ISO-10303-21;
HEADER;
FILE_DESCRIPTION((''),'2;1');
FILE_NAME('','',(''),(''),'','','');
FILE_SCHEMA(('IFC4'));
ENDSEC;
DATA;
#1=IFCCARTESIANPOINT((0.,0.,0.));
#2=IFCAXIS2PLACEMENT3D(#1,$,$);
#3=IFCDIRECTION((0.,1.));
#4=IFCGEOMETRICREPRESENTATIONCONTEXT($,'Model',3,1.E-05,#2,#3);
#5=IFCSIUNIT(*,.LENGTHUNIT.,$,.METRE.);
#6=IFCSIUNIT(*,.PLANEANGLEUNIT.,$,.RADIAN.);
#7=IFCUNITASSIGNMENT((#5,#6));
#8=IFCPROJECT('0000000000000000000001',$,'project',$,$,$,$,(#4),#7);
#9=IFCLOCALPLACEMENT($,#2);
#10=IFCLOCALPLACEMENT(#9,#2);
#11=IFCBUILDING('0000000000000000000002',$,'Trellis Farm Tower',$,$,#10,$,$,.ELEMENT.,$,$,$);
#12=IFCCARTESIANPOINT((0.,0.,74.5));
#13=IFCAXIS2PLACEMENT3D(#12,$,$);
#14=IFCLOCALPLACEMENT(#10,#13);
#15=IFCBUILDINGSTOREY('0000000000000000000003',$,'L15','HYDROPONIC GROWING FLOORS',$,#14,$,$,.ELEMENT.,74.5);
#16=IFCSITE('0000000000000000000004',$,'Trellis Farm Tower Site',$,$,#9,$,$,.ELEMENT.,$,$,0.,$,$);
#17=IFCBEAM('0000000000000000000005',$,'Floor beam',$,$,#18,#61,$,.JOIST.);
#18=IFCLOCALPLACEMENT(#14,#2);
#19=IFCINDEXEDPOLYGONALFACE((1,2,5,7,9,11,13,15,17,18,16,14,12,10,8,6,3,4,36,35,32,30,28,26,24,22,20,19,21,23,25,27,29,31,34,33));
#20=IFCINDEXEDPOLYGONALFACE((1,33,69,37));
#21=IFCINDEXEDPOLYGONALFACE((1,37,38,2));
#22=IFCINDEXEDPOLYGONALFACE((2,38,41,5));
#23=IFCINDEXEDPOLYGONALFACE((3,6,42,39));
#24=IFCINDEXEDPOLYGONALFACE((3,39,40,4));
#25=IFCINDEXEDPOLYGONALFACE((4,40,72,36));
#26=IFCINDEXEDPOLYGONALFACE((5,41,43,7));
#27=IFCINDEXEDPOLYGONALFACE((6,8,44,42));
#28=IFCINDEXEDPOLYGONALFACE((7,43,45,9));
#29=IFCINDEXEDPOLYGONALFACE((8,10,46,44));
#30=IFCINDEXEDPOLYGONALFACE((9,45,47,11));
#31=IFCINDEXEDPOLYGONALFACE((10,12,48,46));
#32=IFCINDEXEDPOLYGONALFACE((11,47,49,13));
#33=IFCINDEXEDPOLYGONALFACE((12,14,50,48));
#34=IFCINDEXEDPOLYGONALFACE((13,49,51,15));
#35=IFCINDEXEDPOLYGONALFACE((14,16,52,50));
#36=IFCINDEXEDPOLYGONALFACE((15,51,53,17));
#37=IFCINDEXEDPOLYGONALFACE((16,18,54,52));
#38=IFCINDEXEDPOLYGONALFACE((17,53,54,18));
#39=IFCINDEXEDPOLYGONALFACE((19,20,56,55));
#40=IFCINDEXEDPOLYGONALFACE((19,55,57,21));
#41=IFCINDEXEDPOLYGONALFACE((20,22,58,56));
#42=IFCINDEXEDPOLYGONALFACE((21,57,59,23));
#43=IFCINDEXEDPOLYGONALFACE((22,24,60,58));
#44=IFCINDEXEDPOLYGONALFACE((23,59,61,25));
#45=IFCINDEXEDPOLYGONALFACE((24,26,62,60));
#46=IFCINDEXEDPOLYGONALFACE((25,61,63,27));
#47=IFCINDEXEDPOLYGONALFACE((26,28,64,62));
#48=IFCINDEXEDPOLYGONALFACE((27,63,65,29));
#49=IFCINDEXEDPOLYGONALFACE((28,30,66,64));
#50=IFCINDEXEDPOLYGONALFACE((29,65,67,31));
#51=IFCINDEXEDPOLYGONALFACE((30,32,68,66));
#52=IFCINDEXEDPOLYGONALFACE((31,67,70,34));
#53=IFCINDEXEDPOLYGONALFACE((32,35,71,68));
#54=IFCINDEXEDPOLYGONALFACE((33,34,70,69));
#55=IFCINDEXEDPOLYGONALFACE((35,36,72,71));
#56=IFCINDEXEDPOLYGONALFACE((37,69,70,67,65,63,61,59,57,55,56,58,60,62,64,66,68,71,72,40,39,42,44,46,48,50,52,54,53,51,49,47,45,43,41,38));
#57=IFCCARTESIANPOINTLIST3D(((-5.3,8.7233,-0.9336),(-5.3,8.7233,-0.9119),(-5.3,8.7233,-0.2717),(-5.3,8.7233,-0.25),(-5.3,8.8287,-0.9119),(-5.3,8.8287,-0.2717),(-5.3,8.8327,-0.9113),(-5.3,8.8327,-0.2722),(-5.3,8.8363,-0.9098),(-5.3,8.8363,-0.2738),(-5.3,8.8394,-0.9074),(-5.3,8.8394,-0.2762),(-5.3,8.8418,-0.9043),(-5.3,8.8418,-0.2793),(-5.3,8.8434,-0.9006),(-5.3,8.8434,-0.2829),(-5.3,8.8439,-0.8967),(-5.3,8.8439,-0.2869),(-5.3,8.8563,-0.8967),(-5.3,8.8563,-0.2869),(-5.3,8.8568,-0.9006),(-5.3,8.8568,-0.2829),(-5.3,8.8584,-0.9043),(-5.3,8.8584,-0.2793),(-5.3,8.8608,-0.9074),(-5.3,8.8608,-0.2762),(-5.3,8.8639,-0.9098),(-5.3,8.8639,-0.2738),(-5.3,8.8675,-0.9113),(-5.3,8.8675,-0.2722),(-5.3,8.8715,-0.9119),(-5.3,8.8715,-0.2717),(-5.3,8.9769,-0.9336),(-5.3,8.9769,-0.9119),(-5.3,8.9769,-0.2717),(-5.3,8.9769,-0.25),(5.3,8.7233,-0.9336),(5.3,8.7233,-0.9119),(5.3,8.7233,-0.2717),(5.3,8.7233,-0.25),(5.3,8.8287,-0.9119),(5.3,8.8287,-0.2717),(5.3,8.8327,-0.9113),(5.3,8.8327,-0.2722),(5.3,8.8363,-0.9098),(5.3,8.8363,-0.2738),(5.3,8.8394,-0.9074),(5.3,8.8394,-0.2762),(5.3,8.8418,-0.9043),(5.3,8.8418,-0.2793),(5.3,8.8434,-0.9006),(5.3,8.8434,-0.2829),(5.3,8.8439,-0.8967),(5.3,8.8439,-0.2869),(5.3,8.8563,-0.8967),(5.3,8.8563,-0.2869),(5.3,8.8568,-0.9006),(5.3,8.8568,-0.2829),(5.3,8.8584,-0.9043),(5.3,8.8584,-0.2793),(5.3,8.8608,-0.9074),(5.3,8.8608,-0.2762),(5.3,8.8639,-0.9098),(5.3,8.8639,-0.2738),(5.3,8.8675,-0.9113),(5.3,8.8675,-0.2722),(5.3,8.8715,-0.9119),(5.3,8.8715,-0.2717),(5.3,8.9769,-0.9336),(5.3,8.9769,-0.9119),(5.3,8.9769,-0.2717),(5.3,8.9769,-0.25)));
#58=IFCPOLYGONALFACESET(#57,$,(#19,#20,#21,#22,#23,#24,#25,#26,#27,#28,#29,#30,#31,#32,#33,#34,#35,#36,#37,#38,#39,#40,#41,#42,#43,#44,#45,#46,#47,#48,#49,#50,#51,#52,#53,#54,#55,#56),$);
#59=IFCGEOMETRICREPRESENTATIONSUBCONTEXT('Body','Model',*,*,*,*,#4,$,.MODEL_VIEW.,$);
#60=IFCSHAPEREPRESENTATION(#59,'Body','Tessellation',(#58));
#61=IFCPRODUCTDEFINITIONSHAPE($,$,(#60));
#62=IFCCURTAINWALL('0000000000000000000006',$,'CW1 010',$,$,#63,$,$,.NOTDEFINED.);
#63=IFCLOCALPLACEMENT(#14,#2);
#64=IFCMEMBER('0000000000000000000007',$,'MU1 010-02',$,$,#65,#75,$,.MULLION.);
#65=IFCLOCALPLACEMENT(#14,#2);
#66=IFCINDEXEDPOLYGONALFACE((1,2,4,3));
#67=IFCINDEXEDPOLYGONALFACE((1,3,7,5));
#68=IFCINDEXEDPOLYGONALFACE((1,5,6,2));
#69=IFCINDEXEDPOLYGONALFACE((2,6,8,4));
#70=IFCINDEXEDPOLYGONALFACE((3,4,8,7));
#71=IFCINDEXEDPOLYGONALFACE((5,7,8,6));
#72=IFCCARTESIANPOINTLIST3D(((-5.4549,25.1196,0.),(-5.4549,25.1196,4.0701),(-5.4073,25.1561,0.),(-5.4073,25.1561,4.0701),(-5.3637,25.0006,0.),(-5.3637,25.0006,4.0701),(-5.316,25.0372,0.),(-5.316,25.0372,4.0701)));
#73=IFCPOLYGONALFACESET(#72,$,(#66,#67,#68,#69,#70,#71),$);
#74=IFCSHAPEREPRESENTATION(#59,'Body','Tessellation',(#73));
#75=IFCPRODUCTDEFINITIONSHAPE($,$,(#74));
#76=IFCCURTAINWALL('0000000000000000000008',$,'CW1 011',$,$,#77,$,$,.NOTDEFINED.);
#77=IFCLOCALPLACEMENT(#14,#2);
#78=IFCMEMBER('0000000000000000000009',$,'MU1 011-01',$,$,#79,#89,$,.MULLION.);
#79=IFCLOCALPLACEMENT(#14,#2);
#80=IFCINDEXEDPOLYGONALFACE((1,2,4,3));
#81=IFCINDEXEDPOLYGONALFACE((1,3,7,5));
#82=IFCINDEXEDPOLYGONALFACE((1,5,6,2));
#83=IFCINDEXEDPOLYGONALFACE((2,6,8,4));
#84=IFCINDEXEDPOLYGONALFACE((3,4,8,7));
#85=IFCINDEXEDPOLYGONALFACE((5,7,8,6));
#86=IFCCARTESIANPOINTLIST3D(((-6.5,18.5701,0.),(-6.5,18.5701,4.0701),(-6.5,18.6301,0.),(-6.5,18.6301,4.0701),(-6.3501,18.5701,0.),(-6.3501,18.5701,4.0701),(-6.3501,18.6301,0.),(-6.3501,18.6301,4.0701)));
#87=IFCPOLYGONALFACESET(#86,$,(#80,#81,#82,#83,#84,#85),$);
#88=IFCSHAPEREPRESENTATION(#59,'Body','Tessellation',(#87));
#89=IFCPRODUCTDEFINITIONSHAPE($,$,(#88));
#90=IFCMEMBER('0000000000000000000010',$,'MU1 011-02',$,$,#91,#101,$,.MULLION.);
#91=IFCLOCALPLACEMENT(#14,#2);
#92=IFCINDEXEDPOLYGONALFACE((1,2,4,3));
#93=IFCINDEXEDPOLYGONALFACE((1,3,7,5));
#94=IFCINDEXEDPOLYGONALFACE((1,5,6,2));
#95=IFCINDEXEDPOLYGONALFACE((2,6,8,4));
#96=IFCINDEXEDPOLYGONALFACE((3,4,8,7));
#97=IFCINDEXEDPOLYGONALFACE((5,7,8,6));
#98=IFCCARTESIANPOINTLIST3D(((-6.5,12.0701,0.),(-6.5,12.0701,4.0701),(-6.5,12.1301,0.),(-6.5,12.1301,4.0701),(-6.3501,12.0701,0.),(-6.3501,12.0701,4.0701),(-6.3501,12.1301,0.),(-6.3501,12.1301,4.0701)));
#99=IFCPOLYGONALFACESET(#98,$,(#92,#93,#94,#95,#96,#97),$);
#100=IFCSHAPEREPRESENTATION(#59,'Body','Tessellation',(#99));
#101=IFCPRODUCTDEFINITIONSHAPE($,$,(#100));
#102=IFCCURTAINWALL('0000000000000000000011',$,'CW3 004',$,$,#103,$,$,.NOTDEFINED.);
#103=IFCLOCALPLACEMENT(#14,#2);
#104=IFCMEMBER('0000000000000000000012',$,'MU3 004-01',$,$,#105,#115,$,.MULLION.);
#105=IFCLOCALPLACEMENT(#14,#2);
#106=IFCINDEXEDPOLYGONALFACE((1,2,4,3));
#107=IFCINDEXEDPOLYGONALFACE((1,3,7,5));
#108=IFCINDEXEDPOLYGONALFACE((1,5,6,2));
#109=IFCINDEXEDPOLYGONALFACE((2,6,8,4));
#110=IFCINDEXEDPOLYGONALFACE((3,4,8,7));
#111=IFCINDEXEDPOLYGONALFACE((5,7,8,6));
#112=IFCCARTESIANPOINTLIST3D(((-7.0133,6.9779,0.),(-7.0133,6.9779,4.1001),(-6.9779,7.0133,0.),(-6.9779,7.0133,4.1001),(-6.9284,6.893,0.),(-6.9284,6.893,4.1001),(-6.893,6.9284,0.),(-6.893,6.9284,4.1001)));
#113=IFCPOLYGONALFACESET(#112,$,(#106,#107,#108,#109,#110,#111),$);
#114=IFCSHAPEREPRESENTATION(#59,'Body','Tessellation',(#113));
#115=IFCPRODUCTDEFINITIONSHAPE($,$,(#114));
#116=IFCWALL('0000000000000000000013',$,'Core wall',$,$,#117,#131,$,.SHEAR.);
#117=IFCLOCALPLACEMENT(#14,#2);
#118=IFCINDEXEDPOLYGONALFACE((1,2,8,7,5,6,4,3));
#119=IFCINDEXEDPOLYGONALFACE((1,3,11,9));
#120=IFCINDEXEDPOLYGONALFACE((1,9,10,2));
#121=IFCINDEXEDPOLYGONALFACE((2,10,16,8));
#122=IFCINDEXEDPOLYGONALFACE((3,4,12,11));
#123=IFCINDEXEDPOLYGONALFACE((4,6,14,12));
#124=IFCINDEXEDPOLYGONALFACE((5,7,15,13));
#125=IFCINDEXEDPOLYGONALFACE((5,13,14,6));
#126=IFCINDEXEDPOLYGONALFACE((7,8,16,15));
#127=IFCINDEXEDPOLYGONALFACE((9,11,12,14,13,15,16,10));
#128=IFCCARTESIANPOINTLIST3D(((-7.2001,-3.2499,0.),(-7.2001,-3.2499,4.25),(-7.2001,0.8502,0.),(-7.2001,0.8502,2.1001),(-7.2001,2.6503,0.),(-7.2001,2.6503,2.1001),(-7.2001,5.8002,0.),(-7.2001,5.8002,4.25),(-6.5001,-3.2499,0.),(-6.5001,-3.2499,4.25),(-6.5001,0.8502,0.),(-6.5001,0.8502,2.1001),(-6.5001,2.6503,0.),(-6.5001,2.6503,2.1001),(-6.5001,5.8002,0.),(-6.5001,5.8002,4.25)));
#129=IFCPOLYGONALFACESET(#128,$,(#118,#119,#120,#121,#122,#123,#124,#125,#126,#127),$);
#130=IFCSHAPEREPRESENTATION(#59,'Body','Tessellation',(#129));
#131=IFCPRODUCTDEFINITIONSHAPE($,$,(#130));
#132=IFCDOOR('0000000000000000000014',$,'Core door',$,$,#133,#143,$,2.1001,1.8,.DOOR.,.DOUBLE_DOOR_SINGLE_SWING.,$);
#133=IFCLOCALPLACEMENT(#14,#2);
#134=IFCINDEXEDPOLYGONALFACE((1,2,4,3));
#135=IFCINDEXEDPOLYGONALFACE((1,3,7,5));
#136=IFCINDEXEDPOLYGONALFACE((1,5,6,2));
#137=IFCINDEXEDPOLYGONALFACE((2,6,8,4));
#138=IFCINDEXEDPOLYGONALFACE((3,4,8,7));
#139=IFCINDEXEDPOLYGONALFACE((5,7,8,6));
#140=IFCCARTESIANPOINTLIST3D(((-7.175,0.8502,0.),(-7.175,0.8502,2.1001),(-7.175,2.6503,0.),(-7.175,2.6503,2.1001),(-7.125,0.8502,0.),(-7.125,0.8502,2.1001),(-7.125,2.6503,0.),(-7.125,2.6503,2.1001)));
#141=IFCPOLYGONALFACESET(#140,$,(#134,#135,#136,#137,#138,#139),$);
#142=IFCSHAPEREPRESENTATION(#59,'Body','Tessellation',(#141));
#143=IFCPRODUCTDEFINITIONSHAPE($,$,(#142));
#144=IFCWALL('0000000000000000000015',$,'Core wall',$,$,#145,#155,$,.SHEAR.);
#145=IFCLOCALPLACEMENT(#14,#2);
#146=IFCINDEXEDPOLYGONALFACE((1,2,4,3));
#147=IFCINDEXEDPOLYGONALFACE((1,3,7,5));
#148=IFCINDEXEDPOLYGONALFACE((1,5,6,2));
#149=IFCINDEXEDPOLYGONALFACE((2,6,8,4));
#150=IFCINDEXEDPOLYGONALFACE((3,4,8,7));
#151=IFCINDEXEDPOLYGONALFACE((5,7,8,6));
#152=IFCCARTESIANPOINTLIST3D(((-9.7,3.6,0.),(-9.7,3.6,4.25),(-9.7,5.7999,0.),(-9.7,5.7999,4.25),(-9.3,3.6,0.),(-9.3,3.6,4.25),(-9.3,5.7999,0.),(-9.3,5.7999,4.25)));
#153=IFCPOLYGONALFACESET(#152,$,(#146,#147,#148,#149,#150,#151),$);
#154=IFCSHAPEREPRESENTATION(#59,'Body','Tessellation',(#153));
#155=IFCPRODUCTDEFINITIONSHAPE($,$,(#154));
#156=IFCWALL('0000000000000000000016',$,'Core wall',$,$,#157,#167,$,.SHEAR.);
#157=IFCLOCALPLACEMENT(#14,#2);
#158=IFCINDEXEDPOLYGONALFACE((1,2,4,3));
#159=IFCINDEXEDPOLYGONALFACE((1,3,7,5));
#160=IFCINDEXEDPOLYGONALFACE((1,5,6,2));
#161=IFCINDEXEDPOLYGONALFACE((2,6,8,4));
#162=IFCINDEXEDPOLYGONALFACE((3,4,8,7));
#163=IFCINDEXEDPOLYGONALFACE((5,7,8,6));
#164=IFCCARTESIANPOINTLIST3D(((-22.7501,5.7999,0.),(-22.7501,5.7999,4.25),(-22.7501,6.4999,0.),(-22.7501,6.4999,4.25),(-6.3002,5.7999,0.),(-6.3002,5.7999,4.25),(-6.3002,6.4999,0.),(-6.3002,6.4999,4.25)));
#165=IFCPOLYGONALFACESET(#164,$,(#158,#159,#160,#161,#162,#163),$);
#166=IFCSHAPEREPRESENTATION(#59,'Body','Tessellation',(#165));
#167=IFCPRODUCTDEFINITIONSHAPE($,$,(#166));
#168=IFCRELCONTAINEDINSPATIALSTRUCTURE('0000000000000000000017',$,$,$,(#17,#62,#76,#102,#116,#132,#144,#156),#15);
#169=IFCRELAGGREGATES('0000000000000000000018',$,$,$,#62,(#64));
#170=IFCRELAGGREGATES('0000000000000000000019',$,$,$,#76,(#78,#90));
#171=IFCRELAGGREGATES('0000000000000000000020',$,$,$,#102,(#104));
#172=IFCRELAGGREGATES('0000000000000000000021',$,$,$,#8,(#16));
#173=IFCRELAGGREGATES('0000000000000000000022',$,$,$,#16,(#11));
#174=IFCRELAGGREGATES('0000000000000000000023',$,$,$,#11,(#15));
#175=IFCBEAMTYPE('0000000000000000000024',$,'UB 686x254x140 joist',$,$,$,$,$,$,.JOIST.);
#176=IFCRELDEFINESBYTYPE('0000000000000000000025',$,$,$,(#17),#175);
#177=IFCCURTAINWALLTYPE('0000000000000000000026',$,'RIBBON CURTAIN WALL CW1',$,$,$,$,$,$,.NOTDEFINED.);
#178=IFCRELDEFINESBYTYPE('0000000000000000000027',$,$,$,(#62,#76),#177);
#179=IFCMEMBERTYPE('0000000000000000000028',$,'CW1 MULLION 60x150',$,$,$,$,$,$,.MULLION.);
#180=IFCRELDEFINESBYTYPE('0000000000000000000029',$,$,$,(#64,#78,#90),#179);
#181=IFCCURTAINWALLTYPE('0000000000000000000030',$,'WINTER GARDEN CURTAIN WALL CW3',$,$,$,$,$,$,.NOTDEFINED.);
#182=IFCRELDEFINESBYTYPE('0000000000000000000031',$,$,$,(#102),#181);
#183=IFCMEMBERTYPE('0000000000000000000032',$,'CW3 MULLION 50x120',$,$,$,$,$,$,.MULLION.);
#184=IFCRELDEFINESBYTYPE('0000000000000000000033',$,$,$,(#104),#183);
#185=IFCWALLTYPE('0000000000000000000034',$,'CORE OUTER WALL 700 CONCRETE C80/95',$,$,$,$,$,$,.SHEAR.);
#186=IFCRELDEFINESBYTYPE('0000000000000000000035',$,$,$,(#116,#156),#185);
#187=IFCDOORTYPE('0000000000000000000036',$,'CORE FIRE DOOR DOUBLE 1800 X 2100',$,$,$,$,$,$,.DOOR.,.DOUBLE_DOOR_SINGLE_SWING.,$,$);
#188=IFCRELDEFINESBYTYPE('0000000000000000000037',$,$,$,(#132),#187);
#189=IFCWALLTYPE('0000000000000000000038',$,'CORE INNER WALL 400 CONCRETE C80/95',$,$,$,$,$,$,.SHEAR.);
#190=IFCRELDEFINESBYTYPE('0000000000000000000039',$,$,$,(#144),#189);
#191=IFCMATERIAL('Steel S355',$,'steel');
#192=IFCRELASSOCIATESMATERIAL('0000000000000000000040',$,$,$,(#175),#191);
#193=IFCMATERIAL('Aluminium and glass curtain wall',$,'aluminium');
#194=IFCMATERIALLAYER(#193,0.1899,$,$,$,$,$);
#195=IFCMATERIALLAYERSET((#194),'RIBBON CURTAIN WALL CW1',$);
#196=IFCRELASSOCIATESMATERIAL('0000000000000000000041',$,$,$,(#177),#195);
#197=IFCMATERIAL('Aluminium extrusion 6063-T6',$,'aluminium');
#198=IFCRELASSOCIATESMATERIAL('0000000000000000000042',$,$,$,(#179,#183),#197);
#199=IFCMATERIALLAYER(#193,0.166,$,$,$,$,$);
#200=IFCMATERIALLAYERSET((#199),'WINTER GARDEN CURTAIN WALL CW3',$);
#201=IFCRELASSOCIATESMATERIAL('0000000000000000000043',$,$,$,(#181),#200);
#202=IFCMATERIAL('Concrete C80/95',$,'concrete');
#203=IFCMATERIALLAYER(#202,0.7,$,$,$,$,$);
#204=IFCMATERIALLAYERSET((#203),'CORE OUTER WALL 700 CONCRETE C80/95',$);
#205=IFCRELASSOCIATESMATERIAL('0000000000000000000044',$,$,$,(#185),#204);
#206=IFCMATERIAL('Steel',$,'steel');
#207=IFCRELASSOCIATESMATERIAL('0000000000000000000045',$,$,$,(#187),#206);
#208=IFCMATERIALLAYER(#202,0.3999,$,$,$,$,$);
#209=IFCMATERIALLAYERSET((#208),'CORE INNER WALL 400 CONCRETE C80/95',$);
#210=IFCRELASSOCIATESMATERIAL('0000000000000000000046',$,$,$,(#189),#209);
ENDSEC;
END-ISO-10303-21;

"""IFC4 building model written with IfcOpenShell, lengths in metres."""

from ifc_helpers import new_model, si_unit, direction, frame, frame_2d, origin, origin_2d, place, context, subcontext, project, spatial, rectangle, i_section, extrude, source, transform, mapped, material, layer, layer_set, material_profile, profile_set, type_object, element, fill, aggregate, save


model = new_model("IFC4")

# Units and contexts
model_context = context("Model", 3, precision=1e-05, world=origin(), true_north=direction((0.0, 1.0)))
body_context = subcontext(model_context, "Body", "Model", "MODEL_VIEW")
ifc_project = project(units=[si_unit("LENGTHUNIT", "METRE"), si_unit("PLANEANGLEUNIT", "RADIAN")], contexts=[model_context])

# Site, building, storey
site_placement = place(None, origin())
site = spatial("IfcSite", under=ifc_project, at=site_placement, Name="Trellis Farm Tower Site", CompositionType="ELEMENT", RefElevation=0.0)
building_placement = place(site_placement, origin())
building = spatial("IfcBuilding", under=site, at=building_placement, Name="Trellis Farm Tower", CompositionType="ELEMENT")
storey_placement = place(building_placement, frame((0.0, 0.0, 74.5)))
storey = spatial("IfcBuildingStorey", under=building, at=storey_placement, Name="L15", Description="HYDROPONIC GROWING FLOORS", CompositionType="ELEMENT", Elevation=74.5)

# Shared definitions
ifc_material_1 = material(Name="Concrete C80/95", Category="concrete")

# Beam
ifc_material_2 = material(Name="Steel S355", Category="steel")
ifc_material_profile_1 = material_profile(ifc_material_2, i_section(OverallWidth=0.2537, OverallDepth=0.6836, WebThickness=0.0125, FlangeThickness=0.0217, FilletRadius=0.0151, at=origin_2d()), Name="UB 686x254x140")
ifc_profile_set_1 = profile_set([ifc_material_profile_1], Name="Steel S355")
beam_type_1 = type_object("IfcBeamType", Name="UB 686x254x140 joist", PredefinedType="JOIST", material=ifc_profile_set_1)
shared_shape_1 = source(origin(), body_context, "Body", "SweptSolid", [
    extrude(i_section(OverallWidth=0.2537, OverallDepth=0.6836, WebThickness=0.0125, FlangeThickness=0.0217, FilletRadius=0.0151, at=origin_2d()), origin(), (0.0, 0.0, 1.0), 10.6001),
])
beam_1_placement = place(storey_placement, frame((-5.3, 8.8501, -0.5918), z_axis=(1.0, 0.0, 0.0), x_axis=(0.0, 1.0, 0.0)))
element("IfcBeam", 1, at=beam_1_placement, inside=storey, type_object=beam_type_1, Name="Floor beam", PredefinedType="JOIST", context=body_context, shape_type="MappedRepresentation", body=[
    mapped(shared_shape_1, transform((0.0, 0.0, 0.0))),
])

# Curtain wall, member
ifc_material_3 = material(Name="Aluminium and glass curtain wall", Category="aluminium")
ifc_layer_1 = layer(ifc_material_3, 0.1899)
ifc_layer_set_1 = layer_set([ifc_layer_1], Name="RIBBON CURTAIN WALL CW1")
curtain_wall_type_1 = type_object("IfcCurtainWallType", Name="RIBBON CURTAIN WALL CW1", PredefinedType="NOTDEFINED", material=ifc_layer_set_1)
placement = place(storey_placement, origin())
curtain_wall_1 = element("IfcCurtainWall", 2, at=placement, inside=storey, type_object=curtain_wall_type_1, Name="CW1 010", PredefinedType="NOTDEFINED")
ifc_material_4 = material(Name="Aluminium extrusion 6063-T6", Category="aluminium")
ifc_material_profile_2 = material_profile(ifc_material_4, rectangle(XDim=0.0601, YDim=0.1499, at=origin_2d()), Name="MULLION 60x150")
ifc_profile_set_2 = profile_set([ifc_material_profile_2], Name="Aluminium extrusion 6063-T6")
member_type_1 = type_object("IfcMemberType", Name="CW1 MULLION 60x150", PredefinedType="MULLION", material=ifc_profile_set_2)
shared_shape_2 = source(origin(), body_context, "Body", "SweptSolid", [
    extrude(rectangle(XDim=0.0601, YDim=0.1499, at=origin_2d()), origin(), (0.0, 0.0, 1.0), 4.0701),
])
member_1_placement = place(storey_placement, frame((-5.3855, 25.0784, 0.0), z_axis=(0.0, 0.0, 1.0), x_axis=(-0.793353, -0.608761, 0.0)))
member_1 = element("IfcMember", 3, at=member_1_placement, type_object=member_type_1, Name="MU1 010-02", PredefinedType="MULLION", context=body_context, shape_type="MappedRepresentation", body=[
    mapped(shared_shape_2, transform((0.0, 0.0, 0.0))),
])
aggregate(curtain_wall_1, [member_1])

# Curtain wall, members
curtain_wall_2 = element("IfcCurtainWall", 4, at=placement, inside=storey, type_object=curtain_wall_type_1, Name="CW1 011", PredefinedType="NOTDEFINED")
member_2_placement = place(storey_placement, frame((-6.425, 18.6001, 0.0), z_axis=(0.0, 0.0, 1.0), x_axis=(0.0, -1.0, 0.0)))
member_2 = element("IfcMember", 5, at=member_2_placement, type_object=member_type_1, Name="MU1 011-01", PredefinedType="MULLION", context=body_context, shape_type="MappedRepresentation", body=[
    mapped(shared_shape_2, transform((0.0, 0.0, 0.0))),
])
member_3_placement = place(storey_placement, frame((-6.425, 12.1001, 0.0), z_axis=(0.0, 0.0, 1.0), x_axis=(0.0, -1.0, 0.0)))
member_3 = element("IfcMember", 6, at=member_3_placement, type_object=member_type_1, Name="MU1 011-02", PredefinedType="MULLION", context=body_context, shape_type="MappedRepresentation", body=[
    mapped(shared_shape_2, transform((0.0, 0.0, 0.0))),
])
aggregate(curtain_wall_2, [member_2, member_3])

# Curtain wall, member
ifc_layer_2 = layer(ifc_material_3, 0.166)
ifc_layer_set_2 = layer_set([ifc_layer_2], Name="WINTER GARDEN CURTAIN WALL CW3")
curtain_wall_type_2 = type_object("IfcCurtainWallType", Name="WINTER GARDEN CURTAIN WALL CW3", PredefinedType="NOTDEFINED", material=ifc_layer_set_2)
curtain_wall_3 = element("IfcCurtainWall", 7, at=placement, inside=storey, type_object=curtain_wall_type_2, Name="CW3 004", PredefinedType="NOTDEFINED")
ifc_material_profile_3 = material_profile(ifc_material_4, rectangle(XDim=0.05, YDim=0.1201, at=origin_2d()), Name="MULLION 50x120")
ifc_profile_set_3 = profile_set([ifc_material_profile_3], Name="Aluminium extrusion 6063-T6")
member_type_2 = type_object("IfcMemberType", Name="CW3 MULLION 50x120", PredefinedType="MULLION", material=ifc_profile_set_3)
shared_shape_3 = source(origin(), body_context, "Body", "SweptSolid", [
    extrude(rectangle(XDim=0.05, YDim=0.1201, at=origin_2d()), origin(), (0.0, 0.0, 1.0), 4.1001),
])
member_4_placement = place(storey_placement, frame((-6.9531, 6.9531, 0.0), z_axis=(0.0, 0.0, 1.0), x_axis=(-0.707107, -0.707107, 0.0)))
member_4 = element("IfcMember", 8, at=member_4_placement, type_object=member_type_2, Name="MU3 004-01", PredefinedType="MULLION", context=body_context, shape_type="MappedRepresentation", body=[
    mapped(shared_shape_3, transform((0.0, 0.0, 0.0))),
])
aggregate(curtain_wall_3, [member_4])

# Wall, opening, door
ifc_layer_3 = layer(ifc_material_1, 0.7)
ifc_layer_set_3 = layer_set([ifc_layer_3], Name="CORE OUTER WALL 700 CONCRETE C80/95")
wall_type_1 = type_object("IfcWallType", Name="CORE OUTER WALL 700 CONCRETE C80/95", PredefinedType="SHEAR", material=ifc_layer_set_3)
shared_shape_4 = source(origin(), body_context, "Body", "SweptSolid", [
    extrude(rectangle(XDim=9.05, YDim=0.7, at=frame_2d((4.5249, 0.0))), origin(), (0.0, 0.0, 1.0), 4.25),
])
wall_1_placement = place(storey_placement, frame((-6.8501, 5.8, 0.0), z_axis=(0.0, 0.0, 1.0), x_axis=(0.0, -1.0, 0.0)))
wall_1 = element("IfcWall", 9, at=wall_1_placement, inside=storey, type_object=wall_type_1, Name="Core wall", PredefinedType="SHEAR", context=body_context, shape_type="MappedRepresentation", body=[
    mapped(shared_shape_4, transform((0.0, 0.0, 0.0))),
])
shared_shape_5 = source(origin(), body_context, "Body", "SweptSolid", [
    extrude(rectangle(XDim=1.8, YDim=2.1001, at=frame_2d((0.8999, 1.05))), frame((0.0, 0.3601, 0.0), z_axis=(0.0, -1.0, 0.0), x_axis=(1.0, 0.0, 0.0)), (0.0, 0.0, 1.0), 0.7202),
])
opening_1_placement = place(wall_1_placement, frame((3.1499, 0.0, 0.0)))
opening_1 = element("IfcOpeningElement", 10, at=opening_1_placement, cuts=wall_1, PredefinedType="OPENING", context=body_context, shape_type="MappedRepresentation", body=[
    mapped(shared_shape_5, transform((0.0, 0.0, 0.0))),
])
ifc_material_5 = material(Name="Steel", Category="steel")
door_type_1 = type_object("IfcDoorType", Name="CORE FIRE DOOR DOUBLE 1800 X 2100", OperationType="DOUBLE_DOOR_SINGLE_SWING", PredefinedType="DOOR", material=ifc_material_5)
shared_shape_6 = source(origin(), body_context, "Body", "SweptSolid", [
    extrude(rectangle(XDim=1.8, YDim=2.1001, at=frame_2d((0.8999, 1.05))), frame((0.0, -0.2749, 0.0), z_axis=(0.0, -1.0, 0.0), x_axis=(1.0, 0.0, 0.0)), (0.0, 0.0, 1.0), 0.05),
])
door_1_placement = place(opening_1_placement, origin())
door_1 = element("IfcDoor", 11, at=door_1_placement, inside=storey, type_object=door_type_1, Name="Core door", OperationType="DOUBLE_DOOR_SINGLE_SWING", OverallHeight=2.1001, OverallWidth=1.8, PredefinedType="DOOR", context=body_context, shape_type="MappedRepresentation", body=[
    mapped(shared_shape_6, transform((0.0, 0.0, 0.0))),
])
fill(opening_1, door_1)

# Walls
ifc_layer_4 = layer(ifc_material_1, 0.3999)
ifc_layer_set_4 = layer_set([ifc_layer_4], Name="CORE INNER WALL 400 CONCRETE C80/95")
wall_type_2 = type_object("IfcWallType", Name="CORE INNER WALL 400 CONCRETE C80/95", PredefinedType="SHEAR", material=ifc_layer_set_4)
shared_shape_7 = source(origin(), body_context, "Body", "SweptSolid", [
    extrude(rectangle(XDim=2.2, YDim=0.3999, at=frame_2d((1.1001, 0.0))), origin(), (0.0, 0.0, 1.0), 4.25),
])
wall_2_placement = place(storey_placement, frame((-9.5, 5.8, 0.0), z_axis=(0.0, 0.0, 1.0), x_axis=(0.0, -1.0, 0.0)))
element("IfcWall", 12, at=wall_2_placement, inside=storey, type_object=wall_type_2, Name="Core wall", PredefinedType="SHEAR", context=body_context, shape_type="MappedRepresentation", body=[
    mapped(shared_shape_7, transform((0.0, 0.0, 0.0))),
])
shared_shape_8 = source(origin(), body_context, "Body", "SweptSolid", [
    extrude(rectangle(XDim=16.45, YDim=0.7, at=frame_2d((8.2251, 0.0))), origin(), (0.0, 0.0, 1.0), 4.25),
])
wall_3_placement = place(storey_placement, frame((-6.3, 6.1499, 0.0), z_axis=(0.0, 0.0, 1.0), x_axis=(-1.0, 0.0, 0.0)))
element("IfcWall", 13, at=wall_3_placement, inside=storey, type_object=wall_type_1, Name="Core wall", PredefinedType="SHEAR", context=body_context, shape_type="MappedRepresentation", body=[
    mapped(shared_shape_8, transform((0.0, 0.0, 0.0))),
])

save(model, "model.ifc")
